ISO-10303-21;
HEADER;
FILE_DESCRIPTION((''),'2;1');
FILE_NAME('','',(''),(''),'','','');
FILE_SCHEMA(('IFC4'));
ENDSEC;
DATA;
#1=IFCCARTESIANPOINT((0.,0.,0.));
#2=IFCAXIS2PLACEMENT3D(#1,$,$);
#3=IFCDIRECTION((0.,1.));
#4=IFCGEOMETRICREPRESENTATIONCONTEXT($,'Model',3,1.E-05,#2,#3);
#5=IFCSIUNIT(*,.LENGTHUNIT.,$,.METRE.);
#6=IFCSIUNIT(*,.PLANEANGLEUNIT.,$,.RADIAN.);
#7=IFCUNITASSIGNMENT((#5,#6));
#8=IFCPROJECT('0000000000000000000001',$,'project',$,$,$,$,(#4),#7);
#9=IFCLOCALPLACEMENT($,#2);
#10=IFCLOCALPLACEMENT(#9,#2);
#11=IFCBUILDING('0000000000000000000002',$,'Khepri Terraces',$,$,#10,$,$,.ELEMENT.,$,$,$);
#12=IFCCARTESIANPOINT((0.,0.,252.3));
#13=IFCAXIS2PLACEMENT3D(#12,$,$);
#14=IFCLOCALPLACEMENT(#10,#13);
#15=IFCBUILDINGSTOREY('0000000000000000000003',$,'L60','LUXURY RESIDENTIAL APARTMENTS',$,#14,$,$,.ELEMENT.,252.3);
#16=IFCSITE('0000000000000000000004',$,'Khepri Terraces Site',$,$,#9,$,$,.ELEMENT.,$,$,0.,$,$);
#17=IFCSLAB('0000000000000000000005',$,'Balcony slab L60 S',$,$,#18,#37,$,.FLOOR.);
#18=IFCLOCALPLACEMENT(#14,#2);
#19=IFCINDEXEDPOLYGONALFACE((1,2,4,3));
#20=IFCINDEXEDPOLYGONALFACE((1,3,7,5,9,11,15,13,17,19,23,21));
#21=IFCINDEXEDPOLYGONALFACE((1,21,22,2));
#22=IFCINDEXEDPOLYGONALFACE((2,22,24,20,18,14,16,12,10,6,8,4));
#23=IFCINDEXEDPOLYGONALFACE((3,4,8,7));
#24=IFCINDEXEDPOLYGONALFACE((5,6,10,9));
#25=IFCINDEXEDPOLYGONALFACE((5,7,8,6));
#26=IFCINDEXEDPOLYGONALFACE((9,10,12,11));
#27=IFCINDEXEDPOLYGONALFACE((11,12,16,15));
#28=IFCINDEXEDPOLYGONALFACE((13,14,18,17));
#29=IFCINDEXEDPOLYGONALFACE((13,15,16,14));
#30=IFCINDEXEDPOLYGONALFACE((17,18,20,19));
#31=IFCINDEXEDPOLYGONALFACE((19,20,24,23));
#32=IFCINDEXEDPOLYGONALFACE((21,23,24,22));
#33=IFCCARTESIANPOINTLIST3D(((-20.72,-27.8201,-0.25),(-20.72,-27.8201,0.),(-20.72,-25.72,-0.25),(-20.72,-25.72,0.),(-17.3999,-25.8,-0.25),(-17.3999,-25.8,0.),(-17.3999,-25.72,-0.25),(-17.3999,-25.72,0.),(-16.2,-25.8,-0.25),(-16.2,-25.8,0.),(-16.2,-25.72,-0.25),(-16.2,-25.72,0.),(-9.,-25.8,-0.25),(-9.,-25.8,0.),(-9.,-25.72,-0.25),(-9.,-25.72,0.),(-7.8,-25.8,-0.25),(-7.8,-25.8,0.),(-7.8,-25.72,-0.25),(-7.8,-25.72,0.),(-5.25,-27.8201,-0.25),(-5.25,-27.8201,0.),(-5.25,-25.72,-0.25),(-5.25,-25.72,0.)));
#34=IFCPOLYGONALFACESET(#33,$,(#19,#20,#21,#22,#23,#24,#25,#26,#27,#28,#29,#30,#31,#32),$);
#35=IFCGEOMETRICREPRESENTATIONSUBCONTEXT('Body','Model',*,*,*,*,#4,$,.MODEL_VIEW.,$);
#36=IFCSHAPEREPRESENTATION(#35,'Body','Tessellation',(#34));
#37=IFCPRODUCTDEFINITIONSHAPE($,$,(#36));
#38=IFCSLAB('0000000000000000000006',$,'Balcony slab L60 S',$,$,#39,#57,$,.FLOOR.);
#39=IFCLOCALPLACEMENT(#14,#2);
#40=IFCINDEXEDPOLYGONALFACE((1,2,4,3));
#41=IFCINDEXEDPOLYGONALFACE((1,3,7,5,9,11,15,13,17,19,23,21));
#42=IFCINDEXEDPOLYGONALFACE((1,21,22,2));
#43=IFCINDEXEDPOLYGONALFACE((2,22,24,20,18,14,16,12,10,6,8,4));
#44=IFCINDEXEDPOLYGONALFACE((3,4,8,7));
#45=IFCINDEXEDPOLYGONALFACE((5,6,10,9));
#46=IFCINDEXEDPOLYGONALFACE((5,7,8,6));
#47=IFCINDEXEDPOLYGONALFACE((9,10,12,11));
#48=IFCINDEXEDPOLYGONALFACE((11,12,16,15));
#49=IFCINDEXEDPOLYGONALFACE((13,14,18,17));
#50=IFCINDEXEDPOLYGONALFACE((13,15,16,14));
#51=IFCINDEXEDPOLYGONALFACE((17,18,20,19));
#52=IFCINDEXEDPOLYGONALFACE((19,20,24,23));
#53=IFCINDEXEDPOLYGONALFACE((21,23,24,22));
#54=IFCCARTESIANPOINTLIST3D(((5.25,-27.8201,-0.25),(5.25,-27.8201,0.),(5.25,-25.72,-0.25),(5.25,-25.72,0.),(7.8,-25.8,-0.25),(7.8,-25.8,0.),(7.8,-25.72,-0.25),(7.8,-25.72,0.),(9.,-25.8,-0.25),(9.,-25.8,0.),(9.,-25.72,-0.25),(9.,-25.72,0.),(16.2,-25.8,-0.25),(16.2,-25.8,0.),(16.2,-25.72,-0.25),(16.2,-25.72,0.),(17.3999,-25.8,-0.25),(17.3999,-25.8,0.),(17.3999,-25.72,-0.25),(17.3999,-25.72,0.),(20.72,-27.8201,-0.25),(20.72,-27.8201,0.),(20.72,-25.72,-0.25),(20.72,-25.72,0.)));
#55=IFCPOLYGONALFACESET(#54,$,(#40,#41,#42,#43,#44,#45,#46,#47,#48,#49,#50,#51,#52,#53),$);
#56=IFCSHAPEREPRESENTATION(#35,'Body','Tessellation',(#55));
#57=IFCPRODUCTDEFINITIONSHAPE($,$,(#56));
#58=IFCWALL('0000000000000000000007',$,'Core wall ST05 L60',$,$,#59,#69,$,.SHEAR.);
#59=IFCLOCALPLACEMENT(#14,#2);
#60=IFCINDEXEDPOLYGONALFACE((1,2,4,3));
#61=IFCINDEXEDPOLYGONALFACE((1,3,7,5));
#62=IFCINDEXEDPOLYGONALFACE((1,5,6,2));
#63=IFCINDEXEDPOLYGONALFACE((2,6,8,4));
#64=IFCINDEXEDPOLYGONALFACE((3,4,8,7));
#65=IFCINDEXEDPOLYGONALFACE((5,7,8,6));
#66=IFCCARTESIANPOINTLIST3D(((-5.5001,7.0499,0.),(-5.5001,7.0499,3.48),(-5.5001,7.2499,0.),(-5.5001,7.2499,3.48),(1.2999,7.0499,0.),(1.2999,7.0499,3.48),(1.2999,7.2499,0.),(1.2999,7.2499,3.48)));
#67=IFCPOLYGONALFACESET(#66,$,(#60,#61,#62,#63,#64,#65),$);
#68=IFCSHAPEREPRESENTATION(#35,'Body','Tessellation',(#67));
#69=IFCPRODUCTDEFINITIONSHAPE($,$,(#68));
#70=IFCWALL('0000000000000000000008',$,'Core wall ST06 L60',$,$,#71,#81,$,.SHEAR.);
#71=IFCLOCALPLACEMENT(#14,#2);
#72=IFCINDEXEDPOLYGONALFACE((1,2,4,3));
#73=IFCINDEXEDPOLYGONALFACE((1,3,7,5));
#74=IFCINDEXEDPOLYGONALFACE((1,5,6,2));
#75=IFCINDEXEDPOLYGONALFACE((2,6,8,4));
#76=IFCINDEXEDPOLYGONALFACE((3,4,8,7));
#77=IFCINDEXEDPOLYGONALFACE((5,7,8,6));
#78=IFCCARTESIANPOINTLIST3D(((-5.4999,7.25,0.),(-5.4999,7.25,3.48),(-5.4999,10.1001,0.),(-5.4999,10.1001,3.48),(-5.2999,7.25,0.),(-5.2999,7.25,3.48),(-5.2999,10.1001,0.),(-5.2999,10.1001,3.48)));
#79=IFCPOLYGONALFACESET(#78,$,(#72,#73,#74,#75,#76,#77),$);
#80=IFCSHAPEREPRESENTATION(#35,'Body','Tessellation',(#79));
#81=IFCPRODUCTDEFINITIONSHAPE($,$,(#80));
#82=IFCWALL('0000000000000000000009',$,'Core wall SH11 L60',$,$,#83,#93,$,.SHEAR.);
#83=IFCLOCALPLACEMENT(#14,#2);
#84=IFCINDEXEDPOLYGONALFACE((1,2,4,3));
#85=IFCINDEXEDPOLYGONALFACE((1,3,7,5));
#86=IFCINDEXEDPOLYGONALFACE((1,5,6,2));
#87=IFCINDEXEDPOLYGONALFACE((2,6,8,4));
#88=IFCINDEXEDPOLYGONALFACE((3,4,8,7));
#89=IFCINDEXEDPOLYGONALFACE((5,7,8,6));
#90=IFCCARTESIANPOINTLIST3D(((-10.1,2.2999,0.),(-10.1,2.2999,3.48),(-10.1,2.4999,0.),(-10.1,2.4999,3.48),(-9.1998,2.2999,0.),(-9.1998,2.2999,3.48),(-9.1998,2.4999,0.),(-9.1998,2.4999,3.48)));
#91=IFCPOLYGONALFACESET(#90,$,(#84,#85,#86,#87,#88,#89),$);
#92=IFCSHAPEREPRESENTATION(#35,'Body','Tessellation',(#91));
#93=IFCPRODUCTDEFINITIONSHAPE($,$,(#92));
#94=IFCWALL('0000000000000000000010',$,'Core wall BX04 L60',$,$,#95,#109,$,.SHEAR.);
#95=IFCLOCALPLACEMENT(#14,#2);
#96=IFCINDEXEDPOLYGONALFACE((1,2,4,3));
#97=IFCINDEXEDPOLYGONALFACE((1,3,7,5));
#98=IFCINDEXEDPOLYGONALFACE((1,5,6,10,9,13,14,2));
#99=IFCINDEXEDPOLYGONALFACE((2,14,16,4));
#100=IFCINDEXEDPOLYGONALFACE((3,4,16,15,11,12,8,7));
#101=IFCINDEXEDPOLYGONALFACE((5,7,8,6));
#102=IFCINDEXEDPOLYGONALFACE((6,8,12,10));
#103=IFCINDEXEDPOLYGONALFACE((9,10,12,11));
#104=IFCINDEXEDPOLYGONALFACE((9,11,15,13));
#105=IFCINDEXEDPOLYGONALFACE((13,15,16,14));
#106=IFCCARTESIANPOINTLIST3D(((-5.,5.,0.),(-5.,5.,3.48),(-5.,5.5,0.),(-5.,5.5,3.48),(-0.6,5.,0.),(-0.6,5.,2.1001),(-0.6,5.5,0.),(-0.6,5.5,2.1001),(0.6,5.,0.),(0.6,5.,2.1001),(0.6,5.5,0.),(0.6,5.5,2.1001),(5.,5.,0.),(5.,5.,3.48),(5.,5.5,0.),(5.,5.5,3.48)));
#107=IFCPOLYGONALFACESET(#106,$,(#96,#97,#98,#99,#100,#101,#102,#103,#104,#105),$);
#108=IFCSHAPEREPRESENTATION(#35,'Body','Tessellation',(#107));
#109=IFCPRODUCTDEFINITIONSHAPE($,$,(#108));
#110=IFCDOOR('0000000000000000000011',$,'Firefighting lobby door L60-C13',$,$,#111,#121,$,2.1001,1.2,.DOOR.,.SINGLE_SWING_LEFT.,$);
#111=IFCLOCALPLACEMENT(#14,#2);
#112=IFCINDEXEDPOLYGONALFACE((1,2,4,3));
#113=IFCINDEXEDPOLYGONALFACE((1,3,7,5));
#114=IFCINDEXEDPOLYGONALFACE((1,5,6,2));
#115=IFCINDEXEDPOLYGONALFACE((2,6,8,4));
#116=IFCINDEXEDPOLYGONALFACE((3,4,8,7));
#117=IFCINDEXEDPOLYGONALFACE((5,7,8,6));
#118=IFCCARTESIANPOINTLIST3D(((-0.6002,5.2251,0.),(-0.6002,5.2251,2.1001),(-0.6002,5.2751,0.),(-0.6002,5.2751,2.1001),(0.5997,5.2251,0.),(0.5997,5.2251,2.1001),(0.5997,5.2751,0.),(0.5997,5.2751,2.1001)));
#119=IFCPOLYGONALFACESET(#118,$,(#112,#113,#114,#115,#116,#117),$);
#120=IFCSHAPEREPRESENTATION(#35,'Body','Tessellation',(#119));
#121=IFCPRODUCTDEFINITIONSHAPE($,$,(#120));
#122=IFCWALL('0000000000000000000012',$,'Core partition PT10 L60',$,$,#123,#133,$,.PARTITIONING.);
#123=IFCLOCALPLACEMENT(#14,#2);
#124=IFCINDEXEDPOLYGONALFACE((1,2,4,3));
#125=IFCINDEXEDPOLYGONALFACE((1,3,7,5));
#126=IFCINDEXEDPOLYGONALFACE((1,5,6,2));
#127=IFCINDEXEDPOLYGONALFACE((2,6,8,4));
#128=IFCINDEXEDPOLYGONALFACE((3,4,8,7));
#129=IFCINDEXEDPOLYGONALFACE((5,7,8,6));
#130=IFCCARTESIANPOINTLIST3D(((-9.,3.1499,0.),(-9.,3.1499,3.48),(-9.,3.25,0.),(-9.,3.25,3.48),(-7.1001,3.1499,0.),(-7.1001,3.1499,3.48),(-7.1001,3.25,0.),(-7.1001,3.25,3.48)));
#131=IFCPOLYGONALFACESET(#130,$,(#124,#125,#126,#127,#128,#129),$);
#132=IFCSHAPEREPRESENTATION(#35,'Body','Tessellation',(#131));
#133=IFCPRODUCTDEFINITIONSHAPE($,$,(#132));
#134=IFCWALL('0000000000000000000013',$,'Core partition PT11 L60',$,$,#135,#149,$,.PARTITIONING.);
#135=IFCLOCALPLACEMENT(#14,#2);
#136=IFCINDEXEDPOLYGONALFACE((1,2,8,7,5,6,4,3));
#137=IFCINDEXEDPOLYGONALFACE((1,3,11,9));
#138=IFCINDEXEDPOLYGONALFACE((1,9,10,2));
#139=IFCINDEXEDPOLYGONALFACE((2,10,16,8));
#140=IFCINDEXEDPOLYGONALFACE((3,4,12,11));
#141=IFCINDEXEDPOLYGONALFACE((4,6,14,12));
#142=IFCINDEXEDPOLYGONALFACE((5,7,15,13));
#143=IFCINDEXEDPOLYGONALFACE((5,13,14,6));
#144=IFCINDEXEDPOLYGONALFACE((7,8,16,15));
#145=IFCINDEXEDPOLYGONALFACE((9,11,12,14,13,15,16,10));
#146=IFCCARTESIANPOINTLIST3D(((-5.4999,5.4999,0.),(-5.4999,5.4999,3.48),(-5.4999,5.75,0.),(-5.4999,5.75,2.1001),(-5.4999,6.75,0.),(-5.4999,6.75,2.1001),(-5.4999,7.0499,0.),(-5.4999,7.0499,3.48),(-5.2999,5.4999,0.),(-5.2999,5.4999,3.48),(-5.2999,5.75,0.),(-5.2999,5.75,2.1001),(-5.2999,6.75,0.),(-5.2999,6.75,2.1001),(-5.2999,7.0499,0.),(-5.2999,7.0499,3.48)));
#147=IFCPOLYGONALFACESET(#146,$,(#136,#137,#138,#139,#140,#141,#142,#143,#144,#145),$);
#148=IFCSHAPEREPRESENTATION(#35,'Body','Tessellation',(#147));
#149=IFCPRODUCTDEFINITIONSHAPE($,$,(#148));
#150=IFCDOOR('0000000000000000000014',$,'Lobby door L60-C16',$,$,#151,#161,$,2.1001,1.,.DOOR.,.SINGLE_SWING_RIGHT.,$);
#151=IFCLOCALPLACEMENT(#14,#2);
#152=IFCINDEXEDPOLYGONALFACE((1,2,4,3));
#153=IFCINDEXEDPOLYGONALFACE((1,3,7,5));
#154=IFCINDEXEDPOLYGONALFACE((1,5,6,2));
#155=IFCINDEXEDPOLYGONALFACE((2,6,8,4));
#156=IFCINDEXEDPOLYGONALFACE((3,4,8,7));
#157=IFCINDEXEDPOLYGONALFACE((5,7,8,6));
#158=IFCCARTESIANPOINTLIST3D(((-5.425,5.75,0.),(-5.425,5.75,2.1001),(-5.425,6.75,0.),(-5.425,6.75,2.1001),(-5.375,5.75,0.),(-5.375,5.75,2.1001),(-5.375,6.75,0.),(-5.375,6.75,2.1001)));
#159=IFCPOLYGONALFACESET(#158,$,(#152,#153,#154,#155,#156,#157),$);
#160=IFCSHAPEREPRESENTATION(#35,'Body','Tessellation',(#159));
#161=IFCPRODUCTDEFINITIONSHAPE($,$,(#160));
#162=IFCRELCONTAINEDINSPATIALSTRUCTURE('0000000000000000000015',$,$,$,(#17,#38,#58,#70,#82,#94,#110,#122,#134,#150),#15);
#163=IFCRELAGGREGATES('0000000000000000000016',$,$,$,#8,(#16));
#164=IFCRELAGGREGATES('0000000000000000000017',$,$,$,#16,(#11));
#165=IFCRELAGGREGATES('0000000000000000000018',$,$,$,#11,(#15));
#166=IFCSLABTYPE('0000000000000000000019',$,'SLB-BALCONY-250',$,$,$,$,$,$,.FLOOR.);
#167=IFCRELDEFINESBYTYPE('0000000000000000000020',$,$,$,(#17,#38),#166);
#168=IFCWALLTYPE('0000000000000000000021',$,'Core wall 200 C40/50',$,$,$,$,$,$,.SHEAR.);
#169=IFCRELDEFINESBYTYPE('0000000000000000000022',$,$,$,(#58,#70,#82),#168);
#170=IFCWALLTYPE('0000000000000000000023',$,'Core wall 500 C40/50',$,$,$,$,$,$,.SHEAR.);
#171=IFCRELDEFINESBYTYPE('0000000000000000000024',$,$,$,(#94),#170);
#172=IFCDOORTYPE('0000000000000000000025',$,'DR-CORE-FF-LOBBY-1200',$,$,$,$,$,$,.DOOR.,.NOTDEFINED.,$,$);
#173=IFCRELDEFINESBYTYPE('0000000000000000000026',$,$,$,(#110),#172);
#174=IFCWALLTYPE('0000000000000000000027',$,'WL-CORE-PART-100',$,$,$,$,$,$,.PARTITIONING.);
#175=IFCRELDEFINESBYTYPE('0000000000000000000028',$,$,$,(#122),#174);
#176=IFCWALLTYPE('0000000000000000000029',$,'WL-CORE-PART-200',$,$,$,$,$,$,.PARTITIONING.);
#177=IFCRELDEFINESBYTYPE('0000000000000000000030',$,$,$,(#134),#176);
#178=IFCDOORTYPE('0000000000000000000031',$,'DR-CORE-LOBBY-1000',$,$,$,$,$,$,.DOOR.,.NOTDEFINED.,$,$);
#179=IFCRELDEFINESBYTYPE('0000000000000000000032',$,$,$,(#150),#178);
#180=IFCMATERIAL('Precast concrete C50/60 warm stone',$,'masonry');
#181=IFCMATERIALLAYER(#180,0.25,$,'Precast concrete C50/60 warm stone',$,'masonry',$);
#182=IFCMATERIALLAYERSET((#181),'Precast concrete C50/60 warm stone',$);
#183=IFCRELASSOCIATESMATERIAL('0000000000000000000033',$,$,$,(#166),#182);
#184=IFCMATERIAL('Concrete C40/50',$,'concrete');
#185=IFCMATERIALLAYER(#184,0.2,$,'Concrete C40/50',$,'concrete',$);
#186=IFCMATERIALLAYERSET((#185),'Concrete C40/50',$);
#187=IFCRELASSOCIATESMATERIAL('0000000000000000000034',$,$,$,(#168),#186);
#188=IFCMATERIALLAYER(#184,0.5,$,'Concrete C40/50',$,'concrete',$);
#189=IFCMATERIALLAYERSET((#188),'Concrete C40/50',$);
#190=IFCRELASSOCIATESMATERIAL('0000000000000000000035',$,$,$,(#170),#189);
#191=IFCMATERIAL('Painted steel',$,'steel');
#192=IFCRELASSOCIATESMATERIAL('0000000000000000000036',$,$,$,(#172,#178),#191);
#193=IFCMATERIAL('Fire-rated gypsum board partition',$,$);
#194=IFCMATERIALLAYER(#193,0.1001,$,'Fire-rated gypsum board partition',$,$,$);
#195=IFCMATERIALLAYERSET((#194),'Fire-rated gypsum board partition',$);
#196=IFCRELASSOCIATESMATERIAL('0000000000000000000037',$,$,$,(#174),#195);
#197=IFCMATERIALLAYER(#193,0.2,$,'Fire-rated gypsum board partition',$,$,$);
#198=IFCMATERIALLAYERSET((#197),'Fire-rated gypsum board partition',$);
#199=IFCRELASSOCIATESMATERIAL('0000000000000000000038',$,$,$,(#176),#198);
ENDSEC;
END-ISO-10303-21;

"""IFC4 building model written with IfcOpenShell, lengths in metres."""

from ifc_helpers import new_model, si_unit, direction, frame, frame_2d, origin, place, context, subcontext, project, spatial, polyline, rectangle, outline, extrude, material, layer, layer_set, type_object, element, fill, save


model = new_model("IFC4")

# Units and contexts
model_context = context("Model", 3, precision=1e-05, world=origin(), true_north=direction((0.0, 1.0)))
body_context = subcontext(model_context, "Body", "Model", "MODEL_VIEW")
ifc_project = project(units=[si_unit("LENGTHUNIT", "METRE"), si_unit("PLANEANGLEUNIT", "RADIAN")], contexts=[model_context])

# Site, building, storey
site_placement = place(None, origin())
site = spatial("IfcSite", under=ifc_project, at=site_placement, Name="Khepri Terraces Site", CompositionType="ELEMENT", RefElevation=0.0)
building_placement = place(site_placement, origin())
building = spatial("IfcBuilding", under=site, at=building_placement, Name="Khepri Terraces", CompositionType="ELEMENT")
storey_placement = place(building_placement, frame((0.0, 0.0, 252.3)))
storey = spatial("IfcBuildingStorey", under=building, at=storey_placement, Name="L60", Description="LUXURY RESIDENTIAL APARTMENTS", CompositionType="ELEMENT", Elevation=252.3)

# Slabs
ifc_material_1 = material(Name="Precast concrete C50/60 warm stone", Category="masonry")
ifc_layer_1 = layer(ifc_material_1, 0.25, Name="Precast concrete C50/60 warm stone", Category="masonry")
ifc_layer_set_1 = layer_set([ifc_layer_1], Name="Precast concrete C50/60 warm stone")
slab_type = type_object("IfcSlabType", Name="SLB-BALCONY-250", PredefinedType="FLOOR", material=ifc_layer_set_1)
slab_1_placement = place(storey_placement, frame((0.0, 0.0, -0.25)))
element("IfcSlab", 1, at=slab_1_placement, inside=storey, type_object=slab_type, Name="Balcony slab L60 S", PredefinedType="FLOOR", context=body_context, shape_type="SweptSolid", body=[
    extrude(outline(polyline([(-17.3999, -25.72), (-20.72, -25.72), (-20.72, -27.8201), (-5.25, -27.8201), (-5.25, -25.72), (-7.8, -25.72), (-7.8, -25.8), (-9.0, -25.8), (-9.0, -25.72), (-16.2, -25.72), (-16.2, -25.8), (-17.3999, -25.8), (-17.3999, -25.72)])), origin(), (0.0, 0.0, 1.0), 0.25),
])
slab_2_placement = place(storey_placement, frame((0.0, 0.0, -0.25)))
element("IfcSlab", 2, at=slab_2_placement, inside=storey, type_object=slab_type, Name="Balcony slab L60 S", PredefinedType="FLOOR", context=body_context, shape_type="SweptSolid", body=[
    extrude(outline(polyline([(7.8, -25.72), (5.25, -25.72), (5.25, -27.8201), (20.72, -27.8201), (20.72, -25.72), (17.3999, -25.72), (17.3999, -25.8), (16.2, -25.8), (16.2, -25.72), (9.0, -25.72), (9.0, -25.8), (7.8, -25.8), (7.8, -25.72)])), origin(), (0.0, 0.0, 1.0), 0.25),
])

# Walls
ifc_material_2 = material(Name="Concrete C40/50", Category="concrete")
ifc_layer_2 = layer(ifc_material_2, 0.2, Name="Concrete C40/50", Category="concrete")
ifc_layer_set_2 = layer_set([ifc_layer_2], Name="Concrete C40/50")
wall_type_1 = type_object("IfcWallType", Name="Core wall 200 C40/50", PredefinedType="SHEAR", material=ifc_layer_set_2)
wall_1_placement = place(storey_placement, frame((-5.5, 7.1499, 0.0), z_axis=(0.0, 0.0, 1.0), x_axis=(1.0, 0.0, 0.0)))
element("IfcWall", 3, at=wall_1_placement, inside=storey, type_object=wall_type_1, Name="Core wall ST05 L60", PredefinedType="SHEAR", context=body_context, shape_type="SweptSolid", body=[
    extrude(rectangle(XDim=6.8, YDim=0.2, at=frame_2d((3.3999, 0.0))), origin(), (0.0, 0.0, 1.0), 3.48),
])
wall_2_placement = place(storey_placement, frame((-5.3999, 7.25, 0.0), z_axis=(0.0, 0.0, 1.0), x_axis=(0.0, 1.0, 0.0)))
element("IfcWall", 4, at=wall_2_placement, inside=storey, type_object=wall_type_1, Name="Core wall ST06 L60", PredefinedType="SHEAR", context=body_context, shape_type="SweptSolid", body=[
    extrude(rectangle(XDim=2.8501, YDim=0.2, at=frame_2d((1.425, 0.0))), origin(), (0.0, 0.0, 1.0), 3.48),
])
wall_3_placement = place(storey_placement, frame((-10.1001, 2.3999, 0.0), z_axis=(0.0, 0.0, 1.0), x_axis=(1.0, 0.0, 0.0)))
element("IfcWall", 5, at=wall_3_placement, inside=storey, type_object=wall_type_1, Name="Core wall SH11 L60", PredefinedType="SHEAR", context=body_context, shape_type="SweptSolid", body=[
    extrude(rectangle(XDim=0.9001, YDim=0.2, at=frame_2d((0.4502, 0.0))), origin(), (0.0, 0.0, 1.0), 3.48),
])

# Wall, opening, door
ifc_layer_3 = layer(ifc_material_2, 0.5, Name="Concrete C40/50", Category="concrete")
ifc_layer_set_3 = layer_set([ifc_layer_3], Name="Concrete C40/50")
wall_type_2 = type_object("IfcWallType", Name="Core wall 500 C40/50", PredefinedType="SHEAR", material=ifc_layer_set_3)
wall_4_placement = place(storey_placement, frame((-5.0, 5.25, 0.0), z_axis=(0.0, 0.0, 1.0), x_axis=(1.0, 0.0, 0.0)))
wall_4 = element("IfcWall", 6, at=wall_4_placement, inside=storey, type_object=wall_type_2, Name="Core wall BX04 L60", PredefinedType="SHEAR", context=body_context, shape_type="SweptSolid", body=[
    extrude(rectangle(XDim=10.0, YDim=0.5, at=frame_2d((5.0, 0.0))), origin(), (0.0, 0.0, 1.0), 3.48),
])
opening_1_placement = place(wall_4_placement, frame((4.3999, 0.0, 0.0)))
opening_1 = element("IfcOpeningElement", 7, at=opening_1_placement, cuts=wall_4, PredefinedType="OPENING", context=body_context, shape_type="SweptSolid", body=[
    extrude(rectangle(XDim=1.2, YDim=2.1001, at=frame_2d((0.6001, 1.05))), frame((0.0, 0.26, 0.0), z_axis=(0.0, -1.0, 0.0), x_axis=(1.0, 0.0, 0.0)), (0.0, 0.0, 1.0), 0.52),
])
ifc_material_3 = material(Name="Painted steel", Category="steel")
door_type_1 = type_object("IfcDoorType", Name="DR-CORE-FF-LOBBY-1200", OperationType="NOTDEFINED", PredefinedType="DOOR", material=ifc_material_3)
door_1_placement = place(opening_1_placement, frame((1.2, 0.0, 0.0), z_axis=(0.0, 0.0, 1.0), x_axis=(-1.0, 0.0, 0.0)))
door_1 = element("IfcDoor", 8, at=door_1_placement, inside=storey, type_object=door_type_1, Name="Firefighting lobby door L60-C13", OperationType="SINGLE_SWING_LEFT", OverallHeight=2.1001, OverallWidth=1.2, PredefinedType="DOOR", context=body_context, shape_type="SweptSolid", body=[
    extrude(rectangle(XDim=1.2, YDim=2.1001, at=frame_2d((0.6001, 1.05))), frame((0.0, 0.0249, 0.0), z_axis=(0.0, -1.0, 0.0), x_axis=(1.0, 0.0, 0.0)), (0.0, 0.0, 1.0), 0.05),
])
fill(opening_1, door_1)

# Wall
ifc_material_4 = material(Name="Fire-rated gypsum board partition")
ifc_layer_4 = layer(ifc_material_4, 0.1001, Name="Fire-rated gypsum board partition")
ifc_layer_set_4 = layer_set([ifc_layer_4], Name="Fire-rated gypsum board partition")
wall_type_3 = type_object("IfcWallType", Name="WL-CORE-PART-100", PredefinedType="PARTITIONING", material=ifc_layer_set_4)
wall_5_placement = place(storey_placement, frame((-9.0, 3.2, 0.0), z_axis=(0.0, 0.0, 1.0), x_axis=(1.0, 0.0, 0.0)))
element("IfcWall", 9, at=wall_5_placement, inside=storey, type_object=wall_type_3, Name="Core partition PT10 L60", PredefinedType="PARTITIONING", context=body_context, shape_type="SweptSolid", body=[
    extrude(rectangle(XDim=1.8999, YDim=0.1001, at=frame_2d((0.95, 0.0))), origin(), (0.0, 0.0, 1.0), 3.48),
])

# Wall, opening, door
ifc_layer_5 = layer(ifc_material_4, 0.2, Name="Fire-rated gypsum board partition")
ifc_layer_set_5 = layer_set([ifc_layer_5], Name="Fire-rated gypsum board partition")
wall_type_4 = type_object("IfcWallType", Name="WL-CORE-PART-200", PredefinedType="PARTITIONING", material=ifc_layer_set_5)
wall_6_placement = place(storey_placement, frame((-5.3999, 5.5, 0.0), z_axis=(0.0, 0.0, 1.0), x_axis=(0.0, 1.0, 0.0)))
wall_6 = element("IfcWall", 10, at=wall_6_placement, inside=storey, type_object=wall_type_4, Name="Core partition PT11 L60", PredefinedType="PARTITIONING", context=body_context, shape_type="SweptSolid", body=[
    extrude(rectangle(XDim=1.55, YDim=0.2, at=frame_2d((0.7749, 0.0))), origin(), (0.0, 0.0, 1.0), 3.48),
])
opening_2_placement = place(wall_6_placement, frame((0.25, 0.0, 0.0)))
opening_2 = element("IfcOpeningElement", 11, at=opening_2_placement, cuts=wall_6, PredefinedType="OPENING", context=body_context, shape_type="SweptSolid", body=[
    extrude(rectangle(XDim=1.0, YDim=2.1001, at=frame_2d((0.5, 1.05))), frame((0.0, 0.1099, 0.0), z_axis=(0.0, -1.0, 0.0), x_axis=(1.0, 0.0, 0.0)), (0.0, 0.0, 1.0), 0.22),
])
door_type_2 = type_object("IfcDoorType", Name="DR-CORE-LOBBY-1000", OperationType="NOTDEFINED", PredefinedType="DOOR", material=ifc_material_3)
door_2_placement = place(opening_2_placement, frame((1.0, 0.0, 0.0), z_axis=(0.0, 0.0, 1.0), x_axis=(-1.0, 0.0, 0.0)))
door_2 = element("IfcDoor", 12, at=door_2_placement, inside=storey, type_object=door_type_2, Name="Lobby door L60-C16", OperationType="SINGLE_SWING_RIGHT", OverallHeight=2.1001, OverallWidth=1.0, PredefinedType="DOOR", context=body_context, shape_type="SweptSolid", body=[
    extrude(rectangle(XDim=1.0, YDim=2.1001, at=frame_2d((0.5, 1.05))), frame((0.0, 0.0249, 0.0), z_axis=(0.0, -1.0, 0.0), x_axis=(1.0, 0.0, 0.0)), (0.0, 0.0, 1.0), 0.05),
])
fill(opening_2, door_2)

save(model, "model.ifc")
